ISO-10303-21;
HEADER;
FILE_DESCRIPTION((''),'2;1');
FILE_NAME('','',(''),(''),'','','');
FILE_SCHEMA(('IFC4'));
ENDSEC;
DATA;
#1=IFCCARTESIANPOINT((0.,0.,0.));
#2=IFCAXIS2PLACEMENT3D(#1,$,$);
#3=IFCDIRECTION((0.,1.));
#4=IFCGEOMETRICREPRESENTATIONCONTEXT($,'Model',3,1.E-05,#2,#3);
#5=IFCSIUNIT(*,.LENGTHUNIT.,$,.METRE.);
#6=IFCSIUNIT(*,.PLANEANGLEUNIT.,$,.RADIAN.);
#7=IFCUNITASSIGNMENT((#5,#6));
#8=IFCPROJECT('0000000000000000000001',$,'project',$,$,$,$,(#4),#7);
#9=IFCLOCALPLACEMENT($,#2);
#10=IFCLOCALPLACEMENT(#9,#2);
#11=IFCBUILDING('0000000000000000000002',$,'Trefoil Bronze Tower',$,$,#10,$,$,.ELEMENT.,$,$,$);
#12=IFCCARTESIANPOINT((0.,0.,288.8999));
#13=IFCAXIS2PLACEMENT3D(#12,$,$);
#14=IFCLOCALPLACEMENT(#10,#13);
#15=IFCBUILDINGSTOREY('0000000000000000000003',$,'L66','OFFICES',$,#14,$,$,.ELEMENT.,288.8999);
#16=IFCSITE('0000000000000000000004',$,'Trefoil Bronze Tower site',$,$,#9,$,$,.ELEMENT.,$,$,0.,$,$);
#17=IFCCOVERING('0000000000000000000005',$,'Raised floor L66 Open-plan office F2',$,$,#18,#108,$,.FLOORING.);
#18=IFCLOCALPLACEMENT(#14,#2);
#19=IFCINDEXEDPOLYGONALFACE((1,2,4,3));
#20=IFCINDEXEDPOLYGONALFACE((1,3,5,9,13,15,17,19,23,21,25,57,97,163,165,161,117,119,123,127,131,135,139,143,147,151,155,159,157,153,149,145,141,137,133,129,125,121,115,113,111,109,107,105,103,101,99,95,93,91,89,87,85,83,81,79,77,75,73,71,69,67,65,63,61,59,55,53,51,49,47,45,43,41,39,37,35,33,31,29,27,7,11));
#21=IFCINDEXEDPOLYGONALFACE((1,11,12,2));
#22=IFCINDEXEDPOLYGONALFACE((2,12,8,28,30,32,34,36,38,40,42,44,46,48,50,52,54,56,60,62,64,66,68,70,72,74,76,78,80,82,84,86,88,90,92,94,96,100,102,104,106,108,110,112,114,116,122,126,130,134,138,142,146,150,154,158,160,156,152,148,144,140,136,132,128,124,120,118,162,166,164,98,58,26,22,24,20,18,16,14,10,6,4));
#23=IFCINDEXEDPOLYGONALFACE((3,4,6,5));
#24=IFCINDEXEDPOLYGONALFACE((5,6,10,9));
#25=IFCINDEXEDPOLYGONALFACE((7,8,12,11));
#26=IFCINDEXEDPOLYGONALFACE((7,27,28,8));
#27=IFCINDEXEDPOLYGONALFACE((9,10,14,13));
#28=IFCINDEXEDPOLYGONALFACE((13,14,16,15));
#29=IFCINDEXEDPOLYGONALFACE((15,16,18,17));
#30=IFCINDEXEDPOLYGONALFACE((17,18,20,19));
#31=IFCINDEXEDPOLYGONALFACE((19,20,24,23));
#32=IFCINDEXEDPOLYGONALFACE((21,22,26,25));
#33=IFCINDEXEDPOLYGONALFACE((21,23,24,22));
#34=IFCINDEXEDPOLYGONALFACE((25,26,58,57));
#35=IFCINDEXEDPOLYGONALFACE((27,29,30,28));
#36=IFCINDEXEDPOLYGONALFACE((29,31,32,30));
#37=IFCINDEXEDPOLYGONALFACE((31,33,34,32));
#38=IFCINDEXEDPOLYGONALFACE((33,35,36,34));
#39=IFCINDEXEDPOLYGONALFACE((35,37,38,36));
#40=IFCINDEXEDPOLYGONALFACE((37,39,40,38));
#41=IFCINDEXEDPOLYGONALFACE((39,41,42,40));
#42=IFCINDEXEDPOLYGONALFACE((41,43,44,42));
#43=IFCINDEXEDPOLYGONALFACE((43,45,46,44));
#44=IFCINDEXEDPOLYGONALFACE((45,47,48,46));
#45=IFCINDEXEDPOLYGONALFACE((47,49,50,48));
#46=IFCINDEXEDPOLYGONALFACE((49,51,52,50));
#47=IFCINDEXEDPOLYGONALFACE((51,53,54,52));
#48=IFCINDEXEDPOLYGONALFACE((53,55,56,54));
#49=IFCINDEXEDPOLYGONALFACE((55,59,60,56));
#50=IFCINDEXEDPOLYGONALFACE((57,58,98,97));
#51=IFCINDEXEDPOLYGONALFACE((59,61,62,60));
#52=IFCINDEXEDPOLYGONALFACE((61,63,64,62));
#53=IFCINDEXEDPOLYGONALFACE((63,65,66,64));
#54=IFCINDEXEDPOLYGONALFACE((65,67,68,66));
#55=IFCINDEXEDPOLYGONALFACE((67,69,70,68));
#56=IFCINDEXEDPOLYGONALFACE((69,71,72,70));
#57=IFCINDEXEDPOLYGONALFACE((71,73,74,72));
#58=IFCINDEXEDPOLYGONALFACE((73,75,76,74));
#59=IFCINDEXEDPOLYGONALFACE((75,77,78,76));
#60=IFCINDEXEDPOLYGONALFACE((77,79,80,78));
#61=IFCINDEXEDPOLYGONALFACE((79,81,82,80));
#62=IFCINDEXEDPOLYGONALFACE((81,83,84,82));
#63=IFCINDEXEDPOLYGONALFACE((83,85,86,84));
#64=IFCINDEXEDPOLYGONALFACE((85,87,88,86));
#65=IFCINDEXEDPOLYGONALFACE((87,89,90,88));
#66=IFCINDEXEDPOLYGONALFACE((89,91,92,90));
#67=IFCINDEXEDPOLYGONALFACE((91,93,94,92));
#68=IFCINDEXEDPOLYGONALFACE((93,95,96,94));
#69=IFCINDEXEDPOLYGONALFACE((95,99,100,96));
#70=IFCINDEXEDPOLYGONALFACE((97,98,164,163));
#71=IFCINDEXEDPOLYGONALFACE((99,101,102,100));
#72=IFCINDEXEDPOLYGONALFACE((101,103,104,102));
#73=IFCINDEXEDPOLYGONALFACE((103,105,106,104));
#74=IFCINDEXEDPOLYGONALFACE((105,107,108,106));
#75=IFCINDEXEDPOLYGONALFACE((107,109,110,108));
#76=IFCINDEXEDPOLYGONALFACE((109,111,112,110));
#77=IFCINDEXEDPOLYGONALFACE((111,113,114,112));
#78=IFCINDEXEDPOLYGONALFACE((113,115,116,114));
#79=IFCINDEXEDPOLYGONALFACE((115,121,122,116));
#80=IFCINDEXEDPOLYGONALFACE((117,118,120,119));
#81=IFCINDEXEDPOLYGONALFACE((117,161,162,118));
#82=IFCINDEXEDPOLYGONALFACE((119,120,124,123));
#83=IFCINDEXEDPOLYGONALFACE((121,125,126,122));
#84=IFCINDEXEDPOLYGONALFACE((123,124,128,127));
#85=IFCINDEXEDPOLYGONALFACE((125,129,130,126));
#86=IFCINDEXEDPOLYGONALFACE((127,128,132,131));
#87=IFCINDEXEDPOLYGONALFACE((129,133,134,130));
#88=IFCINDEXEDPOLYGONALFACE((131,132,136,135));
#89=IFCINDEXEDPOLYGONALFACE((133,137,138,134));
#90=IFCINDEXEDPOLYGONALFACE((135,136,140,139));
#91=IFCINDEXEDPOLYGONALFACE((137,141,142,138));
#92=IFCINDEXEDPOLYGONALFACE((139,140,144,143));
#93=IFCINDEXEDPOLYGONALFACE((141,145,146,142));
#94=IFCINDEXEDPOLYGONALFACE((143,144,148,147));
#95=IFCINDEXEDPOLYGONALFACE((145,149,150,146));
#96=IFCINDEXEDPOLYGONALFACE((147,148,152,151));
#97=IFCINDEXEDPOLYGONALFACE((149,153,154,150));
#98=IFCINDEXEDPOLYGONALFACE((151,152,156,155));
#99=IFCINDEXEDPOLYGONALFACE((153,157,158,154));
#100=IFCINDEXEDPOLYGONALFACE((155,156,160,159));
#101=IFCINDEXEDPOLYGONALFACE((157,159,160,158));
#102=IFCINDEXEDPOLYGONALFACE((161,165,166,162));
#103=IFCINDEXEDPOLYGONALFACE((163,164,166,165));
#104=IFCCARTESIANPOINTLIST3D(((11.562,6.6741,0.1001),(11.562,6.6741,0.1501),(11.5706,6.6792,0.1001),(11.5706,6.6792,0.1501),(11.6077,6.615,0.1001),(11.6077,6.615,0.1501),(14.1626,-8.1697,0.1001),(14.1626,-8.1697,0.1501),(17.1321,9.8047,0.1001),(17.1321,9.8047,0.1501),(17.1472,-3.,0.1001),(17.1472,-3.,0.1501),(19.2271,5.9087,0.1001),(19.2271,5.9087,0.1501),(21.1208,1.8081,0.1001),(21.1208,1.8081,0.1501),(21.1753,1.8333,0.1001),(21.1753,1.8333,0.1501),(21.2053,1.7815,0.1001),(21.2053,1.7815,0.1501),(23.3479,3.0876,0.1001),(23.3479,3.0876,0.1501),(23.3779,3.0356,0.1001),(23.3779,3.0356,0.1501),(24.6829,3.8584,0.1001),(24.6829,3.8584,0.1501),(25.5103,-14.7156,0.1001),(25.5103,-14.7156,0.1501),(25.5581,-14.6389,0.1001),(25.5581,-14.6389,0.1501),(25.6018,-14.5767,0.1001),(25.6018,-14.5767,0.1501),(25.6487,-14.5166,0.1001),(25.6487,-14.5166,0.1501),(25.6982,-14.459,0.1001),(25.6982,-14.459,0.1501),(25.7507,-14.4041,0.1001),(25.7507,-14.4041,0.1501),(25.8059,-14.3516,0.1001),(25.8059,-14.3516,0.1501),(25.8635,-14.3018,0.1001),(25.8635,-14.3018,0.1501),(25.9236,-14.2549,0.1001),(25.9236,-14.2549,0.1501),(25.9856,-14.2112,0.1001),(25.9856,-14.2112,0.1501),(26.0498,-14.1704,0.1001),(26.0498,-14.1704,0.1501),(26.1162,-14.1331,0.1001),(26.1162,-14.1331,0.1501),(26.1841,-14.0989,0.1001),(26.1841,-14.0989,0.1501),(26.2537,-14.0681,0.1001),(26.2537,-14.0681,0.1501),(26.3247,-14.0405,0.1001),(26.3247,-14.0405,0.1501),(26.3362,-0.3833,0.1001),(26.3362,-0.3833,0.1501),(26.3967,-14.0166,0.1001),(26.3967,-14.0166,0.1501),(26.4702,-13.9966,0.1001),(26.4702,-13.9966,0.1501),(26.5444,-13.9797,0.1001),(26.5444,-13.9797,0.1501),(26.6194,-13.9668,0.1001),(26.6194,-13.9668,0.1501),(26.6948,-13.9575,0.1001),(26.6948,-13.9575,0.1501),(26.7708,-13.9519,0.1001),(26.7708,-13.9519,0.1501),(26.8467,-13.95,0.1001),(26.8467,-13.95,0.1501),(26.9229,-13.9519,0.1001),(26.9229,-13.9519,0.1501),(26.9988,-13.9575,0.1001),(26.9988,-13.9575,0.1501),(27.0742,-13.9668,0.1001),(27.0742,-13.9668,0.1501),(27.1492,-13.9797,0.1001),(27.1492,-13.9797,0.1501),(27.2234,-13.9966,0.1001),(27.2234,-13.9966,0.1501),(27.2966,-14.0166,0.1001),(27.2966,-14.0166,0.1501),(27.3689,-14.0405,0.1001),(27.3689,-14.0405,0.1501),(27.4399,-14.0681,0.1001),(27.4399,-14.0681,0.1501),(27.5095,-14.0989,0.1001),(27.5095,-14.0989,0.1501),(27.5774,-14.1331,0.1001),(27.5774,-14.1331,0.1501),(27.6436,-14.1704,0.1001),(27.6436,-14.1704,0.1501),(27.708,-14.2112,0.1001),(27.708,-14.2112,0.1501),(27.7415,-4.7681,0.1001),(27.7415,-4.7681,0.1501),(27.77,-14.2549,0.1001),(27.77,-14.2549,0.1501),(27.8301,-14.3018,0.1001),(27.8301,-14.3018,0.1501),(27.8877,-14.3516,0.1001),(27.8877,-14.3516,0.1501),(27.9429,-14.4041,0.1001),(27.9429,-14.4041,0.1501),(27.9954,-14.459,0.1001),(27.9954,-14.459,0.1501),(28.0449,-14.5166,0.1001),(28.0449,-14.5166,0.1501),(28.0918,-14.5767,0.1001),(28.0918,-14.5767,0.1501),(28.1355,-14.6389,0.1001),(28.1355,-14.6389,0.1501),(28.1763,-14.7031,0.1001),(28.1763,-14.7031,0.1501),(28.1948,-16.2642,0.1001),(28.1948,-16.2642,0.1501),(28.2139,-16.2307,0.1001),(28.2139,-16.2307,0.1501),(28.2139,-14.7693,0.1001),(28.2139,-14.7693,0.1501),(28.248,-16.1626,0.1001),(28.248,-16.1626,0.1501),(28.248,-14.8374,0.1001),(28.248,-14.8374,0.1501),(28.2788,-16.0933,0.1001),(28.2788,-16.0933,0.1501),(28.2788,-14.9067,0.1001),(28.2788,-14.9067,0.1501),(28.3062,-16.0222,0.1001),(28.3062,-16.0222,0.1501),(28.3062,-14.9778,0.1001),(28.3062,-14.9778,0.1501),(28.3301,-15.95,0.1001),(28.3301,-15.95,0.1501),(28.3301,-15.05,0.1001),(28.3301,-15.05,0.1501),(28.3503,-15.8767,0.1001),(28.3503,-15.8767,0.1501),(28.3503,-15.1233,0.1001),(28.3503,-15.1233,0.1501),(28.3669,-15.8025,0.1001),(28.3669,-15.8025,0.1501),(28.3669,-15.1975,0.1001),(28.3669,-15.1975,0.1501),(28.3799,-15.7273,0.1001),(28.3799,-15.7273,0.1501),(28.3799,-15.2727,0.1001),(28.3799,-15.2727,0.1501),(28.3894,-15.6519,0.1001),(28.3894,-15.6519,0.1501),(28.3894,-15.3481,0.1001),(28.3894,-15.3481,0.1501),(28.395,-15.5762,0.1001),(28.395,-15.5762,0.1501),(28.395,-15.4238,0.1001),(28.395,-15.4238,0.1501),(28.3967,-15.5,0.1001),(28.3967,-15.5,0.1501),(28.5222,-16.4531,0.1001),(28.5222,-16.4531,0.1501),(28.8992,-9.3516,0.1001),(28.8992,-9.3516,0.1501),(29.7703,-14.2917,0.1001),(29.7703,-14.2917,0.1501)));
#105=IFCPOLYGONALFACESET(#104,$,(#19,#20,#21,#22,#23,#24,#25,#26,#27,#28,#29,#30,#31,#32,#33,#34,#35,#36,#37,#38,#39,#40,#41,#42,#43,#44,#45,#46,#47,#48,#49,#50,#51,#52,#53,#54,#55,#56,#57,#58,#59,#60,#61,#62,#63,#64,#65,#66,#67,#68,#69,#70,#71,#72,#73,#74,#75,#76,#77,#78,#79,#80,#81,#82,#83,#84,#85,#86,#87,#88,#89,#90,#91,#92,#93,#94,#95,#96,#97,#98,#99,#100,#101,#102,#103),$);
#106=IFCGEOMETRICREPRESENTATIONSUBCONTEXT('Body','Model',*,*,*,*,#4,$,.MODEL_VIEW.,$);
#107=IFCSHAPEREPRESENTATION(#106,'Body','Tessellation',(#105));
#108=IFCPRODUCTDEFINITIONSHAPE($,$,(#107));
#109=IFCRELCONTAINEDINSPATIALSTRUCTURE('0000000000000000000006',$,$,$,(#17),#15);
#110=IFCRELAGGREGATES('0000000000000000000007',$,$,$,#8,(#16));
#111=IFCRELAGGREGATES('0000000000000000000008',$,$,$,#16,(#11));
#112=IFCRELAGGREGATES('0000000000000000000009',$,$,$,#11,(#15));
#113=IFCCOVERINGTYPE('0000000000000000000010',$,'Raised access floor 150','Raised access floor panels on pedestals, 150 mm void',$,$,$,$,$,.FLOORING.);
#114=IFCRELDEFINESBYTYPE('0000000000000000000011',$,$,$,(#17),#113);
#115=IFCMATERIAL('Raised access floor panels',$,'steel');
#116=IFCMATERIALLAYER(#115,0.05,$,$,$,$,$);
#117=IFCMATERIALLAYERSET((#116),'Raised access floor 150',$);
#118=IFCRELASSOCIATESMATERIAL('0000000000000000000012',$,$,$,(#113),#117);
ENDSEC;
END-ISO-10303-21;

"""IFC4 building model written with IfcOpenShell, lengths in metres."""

from ifc_helpers import new_model, si_unit, direction, frame, origin, place, context, subcontext, project, spatial, polyline, outline, extrude, material, layer, layer_set, type_object, element, save


model = new_model("IFC4")

# Units and contexts
model_context = context("Model", 3, precision=1e-05, world=origin(), true_north=direction((0.0, 1.0)))
body_context = subcontext(model_context, "Body", "Model", "MODEL_VIEW")
ifc_project = project(units=[si_unit("LENGTHUNIT", "METRE"), si_unit("PLANEANGLEUNIT", "RADIAN")], contexts=[model_context])

# Site, building, storey
site_placement = place(None, origin())
site = spatial("IfcSite", under=ifc_project, at=site_placement, Name="Trefoil Bronze Tower site", CompositionType="ELEMENT", RefElevation=0.0)
building_placement = place(site_placement, origin())
building = spatial("IfcBuilding", under=site, at=building_placement, Name="Trefoil Bronze Tower", CompositionType="ELEMENT")
storey_placement = place(building_placement, frame((0.0, 0.0, 288.8999)))
storey = spatial("IfcBuildingStorey", under=building, at=storey_placement, Name="L66", Description="OFFICES", CompositionType="ELEMENT", Elevation=288.8999)

# Covering
ifc_material_1 = material(Name="Raised access floor panels", Category="steel")
ifc_layer_1 = layer(ifc_material_1, 0.05)
ifc_layer_set_1 = layer_set([ifc_layer_1], Name="Raised access floor 150")
covering_type_1 = type_object("IfcCoveringType", Name="Raised access floor 150", Description="Raised access floor panels on pedestals, 150 mm void", PredefinedType="FLOORING", material=ifc_layer_set_1)
covering_1_placement = place(storey_placement, frame((0.0, 0.0, 0.1001)))
element("IfcCovering", 1, at=covering_1_placement, inside=storey, type_object=covering_type_1, Name="Raised floor L66 Open-plan office F2", PredefinedType="FLOORING", context=body_context, shape_type="SweptSolid", body=[
    extrude(outline(polyline([(26.3362, -0.3833), (27.7415, -4.7681), (28.8992, -9.3516), (29.7703, -14.2917), (28.5222, -16.4531), (28.1948, -16.2642), (28.2139, -16.2307), (28.248, -16.1626), (28.2788, -16.0933), (28.3062, -16.0222), (28.3301, -15.95), (28.3503, -15.8767), (28.3669, -15.8025), (28.3799, -15.7273), (28.3894, -15.6519), (28.395, -15.5762), (28.3967, -15.5), (28.395, -15.4238), (28.3894, -15.3481), (28.3799, -15.2727), (28.3669, -15.1975), (28.3503, -15.1233), (28.3301, -15.05), (28.3062, -14.9778), (28.2788, -14.9067), (28.248, -14.8374), (28.2139, -14.7693), (28.1763, -14.7031), (28.1355, -14.6389), (28.0918, -14.5767), (28.0449, -14.5166), (27.9954, -14.459), (27.9429, -14.4041), (27.8877, -14.3516), (27.8301, -14.3018), (27.77, -14.2549), (27.708, -14.2112), (27.6436, -14.1704), (27.5774, -14.1331), (27.5095, -14.0989), (27.4399, -14.0681), (27.3689, -14.0405), (27.2966, -14.0166), (27.2234, -13.9966), (27.1492, -13.9797), (27.0742, -13.9668), (26.9988, -13.9575), (26.9229, -13.9519), (26.8467, -13.95), (26.7708, -13.9519), (26.6948, -13.9575), (26.6194, -13.9668), (26.5444, -13.9797), (26.4702, -13.9966), (26.3967, -14.0166), (26.3247, -14.0405), (26.2537, -14.0681), (26.1841, -14.0989), (26.1162, -14.1331), (26.0498, -14.1704), (25.9856, -14.2112), (25.9236, -14.2549), (25.8635, -14.3018), (25.8059, -14.3516), (25.7507, -14.4041), (25.6982, -14.459), (25.6487, -14.5166), (25.6018, -14.5767), (25.5581, -14.6389), (25.5103, -14.7156), (14.1626, -8.1697), (17.1472, -3.0), (11.562, 6.6741), (11.5706, 6.6792), (11.6077, 6.615), (17.1321, 9.8047), (19.2271, 5.9087), (21.1208, 1.8081), (21.1753, 1.8333), (21.2053, 1.7815), (23.3779, 3.0356), (23.3479, 3.0876), (24.6829, 3.8584), (26.3362, -0.3833)])), origin(), (0.0, 0.0, 1.0), 0.05),
])

save(model, "model.ifc")
